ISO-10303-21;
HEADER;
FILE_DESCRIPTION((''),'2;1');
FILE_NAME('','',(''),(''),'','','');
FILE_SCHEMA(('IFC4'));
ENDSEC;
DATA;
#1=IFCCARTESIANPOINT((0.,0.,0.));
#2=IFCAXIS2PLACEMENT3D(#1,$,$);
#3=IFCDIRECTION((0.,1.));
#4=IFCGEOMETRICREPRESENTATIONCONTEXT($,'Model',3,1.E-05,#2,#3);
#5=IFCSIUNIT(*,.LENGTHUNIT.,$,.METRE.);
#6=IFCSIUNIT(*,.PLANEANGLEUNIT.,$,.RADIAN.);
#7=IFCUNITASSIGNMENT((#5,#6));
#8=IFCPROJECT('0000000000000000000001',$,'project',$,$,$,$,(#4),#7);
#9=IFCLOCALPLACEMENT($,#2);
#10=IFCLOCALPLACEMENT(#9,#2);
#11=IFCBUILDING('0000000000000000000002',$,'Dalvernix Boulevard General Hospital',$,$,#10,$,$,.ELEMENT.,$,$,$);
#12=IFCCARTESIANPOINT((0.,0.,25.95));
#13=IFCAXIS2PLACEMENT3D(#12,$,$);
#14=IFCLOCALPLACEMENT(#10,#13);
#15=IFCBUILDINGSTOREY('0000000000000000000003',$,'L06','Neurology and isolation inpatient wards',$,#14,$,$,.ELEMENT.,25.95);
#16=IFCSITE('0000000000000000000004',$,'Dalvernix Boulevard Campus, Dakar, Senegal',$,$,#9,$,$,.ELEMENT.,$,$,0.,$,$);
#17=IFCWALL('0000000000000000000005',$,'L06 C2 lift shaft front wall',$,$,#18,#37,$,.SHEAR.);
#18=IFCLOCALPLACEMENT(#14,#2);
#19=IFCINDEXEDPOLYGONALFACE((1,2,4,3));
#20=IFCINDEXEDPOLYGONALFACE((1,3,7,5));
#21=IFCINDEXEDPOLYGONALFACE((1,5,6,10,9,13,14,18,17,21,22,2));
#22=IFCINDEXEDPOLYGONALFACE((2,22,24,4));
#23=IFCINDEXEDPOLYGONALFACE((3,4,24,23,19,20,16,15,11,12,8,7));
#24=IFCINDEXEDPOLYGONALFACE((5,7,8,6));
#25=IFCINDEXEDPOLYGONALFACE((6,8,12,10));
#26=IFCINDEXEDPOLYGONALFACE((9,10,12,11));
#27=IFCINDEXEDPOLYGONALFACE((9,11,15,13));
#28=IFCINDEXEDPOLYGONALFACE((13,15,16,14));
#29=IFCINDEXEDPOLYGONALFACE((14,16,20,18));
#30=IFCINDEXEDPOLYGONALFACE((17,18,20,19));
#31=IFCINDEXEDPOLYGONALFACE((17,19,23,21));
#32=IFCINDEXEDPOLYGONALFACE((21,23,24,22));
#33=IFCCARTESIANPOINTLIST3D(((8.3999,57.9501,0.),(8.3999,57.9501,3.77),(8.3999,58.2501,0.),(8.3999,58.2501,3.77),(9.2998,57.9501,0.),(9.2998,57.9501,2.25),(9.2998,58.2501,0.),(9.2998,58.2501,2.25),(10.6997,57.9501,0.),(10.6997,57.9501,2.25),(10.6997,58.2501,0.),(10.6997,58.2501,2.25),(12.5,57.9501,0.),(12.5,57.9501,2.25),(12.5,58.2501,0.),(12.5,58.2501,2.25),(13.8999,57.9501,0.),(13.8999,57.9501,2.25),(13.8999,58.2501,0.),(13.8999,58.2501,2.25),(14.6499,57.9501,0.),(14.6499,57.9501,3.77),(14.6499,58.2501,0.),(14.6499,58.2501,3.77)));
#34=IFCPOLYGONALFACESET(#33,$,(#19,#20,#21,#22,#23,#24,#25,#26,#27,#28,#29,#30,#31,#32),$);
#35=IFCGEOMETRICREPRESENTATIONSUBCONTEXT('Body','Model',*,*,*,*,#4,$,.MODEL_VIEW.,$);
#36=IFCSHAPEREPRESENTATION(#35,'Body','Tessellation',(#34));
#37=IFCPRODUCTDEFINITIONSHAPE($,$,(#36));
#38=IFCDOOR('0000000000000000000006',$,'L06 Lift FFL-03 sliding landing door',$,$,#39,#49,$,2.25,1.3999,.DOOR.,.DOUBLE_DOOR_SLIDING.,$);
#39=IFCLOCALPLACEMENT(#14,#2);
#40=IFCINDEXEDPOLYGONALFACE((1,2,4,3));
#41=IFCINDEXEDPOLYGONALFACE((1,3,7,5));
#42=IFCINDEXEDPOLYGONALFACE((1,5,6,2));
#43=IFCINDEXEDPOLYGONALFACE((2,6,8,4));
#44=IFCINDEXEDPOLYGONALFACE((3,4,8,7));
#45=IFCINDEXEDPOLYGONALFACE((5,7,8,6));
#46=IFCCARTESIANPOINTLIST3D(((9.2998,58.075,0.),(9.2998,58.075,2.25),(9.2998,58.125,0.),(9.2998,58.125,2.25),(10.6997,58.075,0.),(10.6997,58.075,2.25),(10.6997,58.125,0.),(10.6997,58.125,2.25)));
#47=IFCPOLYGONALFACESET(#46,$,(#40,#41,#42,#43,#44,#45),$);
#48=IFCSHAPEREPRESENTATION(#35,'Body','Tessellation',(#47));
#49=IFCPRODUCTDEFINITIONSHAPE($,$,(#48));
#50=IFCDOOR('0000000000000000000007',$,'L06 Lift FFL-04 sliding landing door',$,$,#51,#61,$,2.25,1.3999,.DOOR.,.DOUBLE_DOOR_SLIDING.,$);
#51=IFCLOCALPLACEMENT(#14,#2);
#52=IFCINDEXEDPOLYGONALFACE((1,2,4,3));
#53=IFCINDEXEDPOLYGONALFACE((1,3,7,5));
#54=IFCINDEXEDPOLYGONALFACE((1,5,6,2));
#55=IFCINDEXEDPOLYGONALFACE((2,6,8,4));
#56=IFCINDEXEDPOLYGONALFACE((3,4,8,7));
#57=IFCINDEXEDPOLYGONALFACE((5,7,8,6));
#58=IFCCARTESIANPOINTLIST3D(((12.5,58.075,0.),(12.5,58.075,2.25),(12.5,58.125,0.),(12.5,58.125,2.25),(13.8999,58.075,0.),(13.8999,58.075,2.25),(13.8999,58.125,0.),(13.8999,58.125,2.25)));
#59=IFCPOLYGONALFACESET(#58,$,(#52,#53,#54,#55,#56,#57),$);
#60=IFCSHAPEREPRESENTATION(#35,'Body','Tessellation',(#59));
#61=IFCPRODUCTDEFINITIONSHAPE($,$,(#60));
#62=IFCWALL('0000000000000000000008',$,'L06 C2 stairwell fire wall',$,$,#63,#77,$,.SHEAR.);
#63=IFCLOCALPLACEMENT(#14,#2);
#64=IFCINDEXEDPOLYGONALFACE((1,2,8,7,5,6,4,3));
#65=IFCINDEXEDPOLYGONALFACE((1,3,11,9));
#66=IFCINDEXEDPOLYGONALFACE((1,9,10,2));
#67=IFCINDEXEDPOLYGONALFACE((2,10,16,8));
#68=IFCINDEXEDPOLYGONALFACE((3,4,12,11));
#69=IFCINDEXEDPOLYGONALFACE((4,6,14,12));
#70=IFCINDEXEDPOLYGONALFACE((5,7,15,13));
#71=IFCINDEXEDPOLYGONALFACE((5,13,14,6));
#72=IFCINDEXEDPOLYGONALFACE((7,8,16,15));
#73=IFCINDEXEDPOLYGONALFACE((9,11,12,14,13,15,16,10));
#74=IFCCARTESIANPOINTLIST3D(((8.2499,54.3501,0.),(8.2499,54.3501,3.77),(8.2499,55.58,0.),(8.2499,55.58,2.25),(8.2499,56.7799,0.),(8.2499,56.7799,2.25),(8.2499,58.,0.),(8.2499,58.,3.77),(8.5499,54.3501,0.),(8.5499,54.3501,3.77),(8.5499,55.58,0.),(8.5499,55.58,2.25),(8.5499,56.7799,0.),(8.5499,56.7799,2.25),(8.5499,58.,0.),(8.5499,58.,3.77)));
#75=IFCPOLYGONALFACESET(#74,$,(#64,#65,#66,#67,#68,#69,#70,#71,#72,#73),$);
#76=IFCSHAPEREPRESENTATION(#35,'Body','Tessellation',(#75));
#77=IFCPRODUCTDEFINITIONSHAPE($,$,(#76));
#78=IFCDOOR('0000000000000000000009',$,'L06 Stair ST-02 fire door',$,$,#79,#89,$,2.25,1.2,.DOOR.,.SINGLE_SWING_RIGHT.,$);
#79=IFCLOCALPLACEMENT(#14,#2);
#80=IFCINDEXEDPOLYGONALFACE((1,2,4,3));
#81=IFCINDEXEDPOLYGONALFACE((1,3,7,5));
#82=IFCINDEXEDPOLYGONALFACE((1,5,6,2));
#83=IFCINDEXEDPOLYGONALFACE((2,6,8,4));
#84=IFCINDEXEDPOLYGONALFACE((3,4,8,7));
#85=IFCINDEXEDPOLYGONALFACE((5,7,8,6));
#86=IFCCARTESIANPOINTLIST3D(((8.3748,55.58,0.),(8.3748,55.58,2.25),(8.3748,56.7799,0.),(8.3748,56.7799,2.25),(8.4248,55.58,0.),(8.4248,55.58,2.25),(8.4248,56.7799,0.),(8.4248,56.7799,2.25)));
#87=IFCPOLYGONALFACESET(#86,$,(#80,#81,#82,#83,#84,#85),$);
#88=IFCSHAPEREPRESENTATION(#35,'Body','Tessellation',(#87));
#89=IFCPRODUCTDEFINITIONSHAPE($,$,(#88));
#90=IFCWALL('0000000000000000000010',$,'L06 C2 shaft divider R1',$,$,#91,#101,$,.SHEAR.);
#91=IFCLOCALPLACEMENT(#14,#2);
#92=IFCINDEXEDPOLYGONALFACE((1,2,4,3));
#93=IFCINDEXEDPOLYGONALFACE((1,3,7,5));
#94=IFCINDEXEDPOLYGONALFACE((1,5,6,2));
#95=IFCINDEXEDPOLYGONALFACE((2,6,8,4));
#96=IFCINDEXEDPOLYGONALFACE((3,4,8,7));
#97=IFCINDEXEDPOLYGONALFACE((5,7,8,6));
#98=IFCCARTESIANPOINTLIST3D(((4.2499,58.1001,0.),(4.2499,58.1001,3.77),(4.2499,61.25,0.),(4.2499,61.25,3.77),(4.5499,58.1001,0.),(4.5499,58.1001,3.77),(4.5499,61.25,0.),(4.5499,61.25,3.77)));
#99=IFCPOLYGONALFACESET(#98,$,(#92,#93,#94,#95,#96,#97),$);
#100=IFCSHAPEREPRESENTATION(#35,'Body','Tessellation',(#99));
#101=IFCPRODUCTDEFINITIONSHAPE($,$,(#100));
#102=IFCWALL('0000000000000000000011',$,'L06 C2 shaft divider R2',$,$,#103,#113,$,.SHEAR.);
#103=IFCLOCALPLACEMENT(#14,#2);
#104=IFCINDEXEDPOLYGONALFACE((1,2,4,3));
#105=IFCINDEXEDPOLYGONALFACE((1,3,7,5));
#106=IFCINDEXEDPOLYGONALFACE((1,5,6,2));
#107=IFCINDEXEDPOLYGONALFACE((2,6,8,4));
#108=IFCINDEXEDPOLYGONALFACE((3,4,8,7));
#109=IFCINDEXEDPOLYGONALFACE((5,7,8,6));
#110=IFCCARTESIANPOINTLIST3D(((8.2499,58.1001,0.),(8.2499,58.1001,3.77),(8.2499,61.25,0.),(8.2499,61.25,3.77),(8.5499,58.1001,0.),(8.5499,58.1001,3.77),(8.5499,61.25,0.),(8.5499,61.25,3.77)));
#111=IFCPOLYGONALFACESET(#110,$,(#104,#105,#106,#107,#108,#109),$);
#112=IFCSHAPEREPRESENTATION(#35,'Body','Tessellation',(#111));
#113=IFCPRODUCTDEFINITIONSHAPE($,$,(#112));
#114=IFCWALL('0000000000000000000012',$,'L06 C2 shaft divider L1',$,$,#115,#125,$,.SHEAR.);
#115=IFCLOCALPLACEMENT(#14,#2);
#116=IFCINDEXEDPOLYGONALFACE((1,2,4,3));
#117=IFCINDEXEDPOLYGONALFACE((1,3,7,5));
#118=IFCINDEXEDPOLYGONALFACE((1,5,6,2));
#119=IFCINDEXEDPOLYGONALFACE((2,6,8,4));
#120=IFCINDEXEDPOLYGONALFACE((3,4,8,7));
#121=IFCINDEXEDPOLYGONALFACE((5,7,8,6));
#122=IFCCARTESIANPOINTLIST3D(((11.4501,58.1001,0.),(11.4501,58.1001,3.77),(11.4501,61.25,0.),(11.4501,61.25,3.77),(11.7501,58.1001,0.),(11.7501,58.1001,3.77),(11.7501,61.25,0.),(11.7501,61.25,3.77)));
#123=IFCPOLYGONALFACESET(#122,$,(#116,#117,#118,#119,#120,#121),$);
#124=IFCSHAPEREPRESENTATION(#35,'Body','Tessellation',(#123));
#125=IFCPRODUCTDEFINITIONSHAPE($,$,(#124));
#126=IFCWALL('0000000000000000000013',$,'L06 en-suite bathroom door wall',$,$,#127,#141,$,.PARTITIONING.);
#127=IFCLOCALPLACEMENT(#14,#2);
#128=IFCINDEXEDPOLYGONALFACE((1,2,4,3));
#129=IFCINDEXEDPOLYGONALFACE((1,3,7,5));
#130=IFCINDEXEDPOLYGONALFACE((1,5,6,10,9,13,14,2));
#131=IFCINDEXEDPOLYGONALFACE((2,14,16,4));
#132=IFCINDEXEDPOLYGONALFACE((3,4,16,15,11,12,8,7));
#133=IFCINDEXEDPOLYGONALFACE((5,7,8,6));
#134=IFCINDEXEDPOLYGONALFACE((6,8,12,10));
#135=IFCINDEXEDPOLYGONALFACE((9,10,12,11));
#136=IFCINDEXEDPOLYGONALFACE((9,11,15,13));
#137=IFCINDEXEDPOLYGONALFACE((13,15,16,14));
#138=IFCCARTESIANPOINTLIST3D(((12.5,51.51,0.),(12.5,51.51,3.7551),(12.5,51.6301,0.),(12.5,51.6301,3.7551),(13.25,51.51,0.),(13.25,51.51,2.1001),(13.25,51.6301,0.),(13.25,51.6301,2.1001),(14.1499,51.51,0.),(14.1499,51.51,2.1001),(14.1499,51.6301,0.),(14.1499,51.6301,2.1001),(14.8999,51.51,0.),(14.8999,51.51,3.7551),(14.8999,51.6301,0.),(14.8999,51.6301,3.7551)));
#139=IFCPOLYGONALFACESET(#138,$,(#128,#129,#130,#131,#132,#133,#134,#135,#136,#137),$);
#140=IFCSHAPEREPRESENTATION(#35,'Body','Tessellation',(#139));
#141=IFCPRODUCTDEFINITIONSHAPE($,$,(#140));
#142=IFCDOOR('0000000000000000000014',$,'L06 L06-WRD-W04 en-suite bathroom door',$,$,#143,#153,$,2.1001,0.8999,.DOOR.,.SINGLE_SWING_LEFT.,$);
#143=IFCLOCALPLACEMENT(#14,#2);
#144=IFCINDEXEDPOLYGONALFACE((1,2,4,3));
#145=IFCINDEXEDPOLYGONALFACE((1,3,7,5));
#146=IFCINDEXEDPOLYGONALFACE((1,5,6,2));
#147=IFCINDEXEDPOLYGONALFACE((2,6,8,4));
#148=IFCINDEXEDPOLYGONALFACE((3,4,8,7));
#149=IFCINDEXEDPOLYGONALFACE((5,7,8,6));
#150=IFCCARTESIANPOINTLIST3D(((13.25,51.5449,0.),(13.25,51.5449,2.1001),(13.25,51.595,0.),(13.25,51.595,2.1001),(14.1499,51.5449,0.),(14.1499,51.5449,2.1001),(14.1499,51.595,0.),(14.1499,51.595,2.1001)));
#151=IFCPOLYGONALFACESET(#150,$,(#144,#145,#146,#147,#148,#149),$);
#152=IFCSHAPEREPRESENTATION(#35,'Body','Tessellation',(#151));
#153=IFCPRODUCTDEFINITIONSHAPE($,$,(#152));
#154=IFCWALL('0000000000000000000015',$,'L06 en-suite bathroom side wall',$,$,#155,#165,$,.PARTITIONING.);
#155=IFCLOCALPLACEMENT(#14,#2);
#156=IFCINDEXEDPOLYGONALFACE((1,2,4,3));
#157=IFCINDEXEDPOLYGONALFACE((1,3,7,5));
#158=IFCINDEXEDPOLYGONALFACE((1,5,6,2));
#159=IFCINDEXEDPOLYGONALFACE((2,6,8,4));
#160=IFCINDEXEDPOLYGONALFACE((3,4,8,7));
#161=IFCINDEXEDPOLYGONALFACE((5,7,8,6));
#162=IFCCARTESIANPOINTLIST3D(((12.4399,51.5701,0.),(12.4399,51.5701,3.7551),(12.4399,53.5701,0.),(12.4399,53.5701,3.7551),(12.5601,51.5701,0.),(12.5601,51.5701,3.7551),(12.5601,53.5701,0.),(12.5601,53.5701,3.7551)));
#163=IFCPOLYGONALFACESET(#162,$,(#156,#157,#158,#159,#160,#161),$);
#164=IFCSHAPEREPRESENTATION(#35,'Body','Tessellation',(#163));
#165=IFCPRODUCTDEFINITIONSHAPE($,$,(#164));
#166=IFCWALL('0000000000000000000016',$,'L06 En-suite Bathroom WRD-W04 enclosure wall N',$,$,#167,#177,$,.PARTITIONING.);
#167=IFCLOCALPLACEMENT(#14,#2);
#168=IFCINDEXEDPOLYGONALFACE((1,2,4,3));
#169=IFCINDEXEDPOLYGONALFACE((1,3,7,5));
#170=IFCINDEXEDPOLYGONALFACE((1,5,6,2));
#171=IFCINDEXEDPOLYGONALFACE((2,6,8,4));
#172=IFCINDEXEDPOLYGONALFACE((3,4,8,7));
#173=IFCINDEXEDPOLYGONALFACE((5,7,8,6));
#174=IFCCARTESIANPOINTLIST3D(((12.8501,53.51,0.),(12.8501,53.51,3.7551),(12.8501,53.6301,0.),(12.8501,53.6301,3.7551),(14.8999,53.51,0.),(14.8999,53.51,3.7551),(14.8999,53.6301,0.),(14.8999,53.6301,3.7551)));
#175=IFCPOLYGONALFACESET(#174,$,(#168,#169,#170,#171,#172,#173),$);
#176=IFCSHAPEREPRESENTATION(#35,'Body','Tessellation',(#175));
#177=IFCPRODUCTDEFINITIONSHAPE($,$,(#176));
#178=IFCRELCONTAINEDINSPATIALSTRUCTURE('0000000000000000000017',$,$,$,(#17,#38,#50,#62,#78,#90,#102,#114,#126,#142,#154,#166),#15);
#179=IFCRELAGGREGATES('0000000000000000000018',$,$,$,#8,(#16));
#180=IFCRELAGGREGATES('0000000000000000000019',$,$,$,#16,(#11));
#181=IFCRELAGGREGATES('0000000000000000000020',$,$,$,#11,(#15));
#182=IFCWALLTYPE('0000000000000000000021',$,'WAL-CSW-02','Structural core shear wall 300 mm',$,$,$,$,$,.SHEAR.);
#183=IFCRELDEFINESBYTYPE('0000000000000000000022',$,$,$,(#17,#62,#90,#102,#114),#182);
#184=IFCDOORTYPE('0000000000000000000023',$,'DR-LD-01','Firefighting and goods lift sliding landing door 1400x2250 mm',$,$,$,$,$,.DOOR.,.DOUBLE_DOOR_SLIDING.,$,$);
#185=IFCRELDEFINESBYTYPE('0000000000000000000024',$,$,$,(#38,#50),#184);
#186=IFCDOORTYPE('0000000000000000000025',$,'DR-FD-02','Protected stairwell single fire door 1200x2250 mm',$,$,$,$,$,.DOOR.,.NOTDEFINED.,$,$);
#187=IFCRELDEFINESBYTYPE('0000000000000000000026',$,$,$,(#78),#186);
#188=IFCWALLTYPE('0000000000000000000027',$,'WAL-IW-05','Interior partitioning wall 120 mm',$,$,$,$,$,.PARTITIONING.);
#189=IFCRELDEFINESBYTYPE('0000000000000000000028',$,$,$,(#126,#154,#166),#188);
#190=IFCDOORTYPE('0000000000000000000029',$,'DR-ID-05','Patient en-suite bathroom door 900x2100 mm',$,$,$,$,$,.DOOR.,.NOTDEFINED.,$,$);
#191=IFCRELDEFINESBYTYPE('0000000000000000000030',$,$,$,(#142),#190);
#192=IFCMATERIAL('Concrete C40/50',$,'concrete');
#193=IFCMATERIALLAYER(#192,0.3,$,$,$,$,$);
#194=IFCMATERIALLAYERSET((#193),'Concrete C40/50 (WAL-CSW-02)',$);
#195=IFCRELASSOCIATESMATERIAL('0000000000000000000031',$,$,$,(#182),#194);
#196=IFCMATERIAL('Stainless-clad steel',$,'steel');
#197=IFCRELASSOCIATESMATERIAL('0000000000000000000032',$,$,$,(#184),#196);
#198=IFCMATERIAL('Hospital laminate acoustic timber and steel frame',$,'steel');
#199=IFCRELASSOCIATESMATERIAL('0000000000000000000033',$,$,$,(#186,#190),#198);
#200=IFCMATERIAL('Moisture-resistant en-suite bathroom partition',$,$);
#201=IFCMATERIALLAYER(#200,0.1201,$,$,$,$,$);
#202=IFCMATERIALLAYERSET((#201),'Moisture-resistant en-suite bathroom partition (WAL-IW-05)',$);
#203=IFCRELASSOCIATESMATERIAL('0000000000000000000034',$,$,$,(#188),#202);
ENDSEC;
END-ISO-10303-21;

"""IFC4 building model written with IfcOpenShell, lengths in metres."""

from ifc_helpers import new_model, si_unit, direction, frame, frame_2d, origin, place, context, subcontext, project, spatial, rectangle, extrude, material, layer, layer_set, type_object, element, fill, save


model = new_model("IFC4")

# Units and contexts
model_context = context("Model", 3, precision=1e-05, world=origin(), true_north=direction((0.0, 1.0)))
body_context = subcontext(model_context, "Body", "Model", "MODEL_VIEW")
ifc_project = project(units=[si_unit("LENGTHUNIT", "METRE"), si_unit("PLANEANGLEUNIT", "RADIAN")], contexts=[model_context])

# Site, building, storey
site_placement = place(None, origin())
site = spatial("IfcSite", under=ifc_project, at=site_placement, Name="Dalvernix Boulevard Campus, Dakar, Senegal", CompositionType="ELEMENT", RefElevation=0.0)
building_placement = place(site_placement, origin())
building = spatial("IfcBuilding", under=site, at=building_placement, Name="Dalvernix Boulevard General Hospital", CompositionType="ELEMENT")
storey_placement = place(building_placement, frame((0.0, 0.0, 25.95)))
storey = spatial("IfcBuildingStorey", under=building, at=storey_placement, Name="L06", Description="Neurology and isolation inpatient wards", CompositionType="ELEMENT", Elevation=25.95)

# Shared definitions
ifc_material_1 = material(Name="Concrete C40/50", Category="concrete")

# Shared definitions
ifc_material_2 = material(Name="Hospital laminate acoustic timber and steel frame", Category="steel")

# Wall, openings, doors
ifc_layer_1 = layer(ifc_material_1, 0.3)
ifc_layer_set_1 = layer_set([ifc_layer_1], Name="Concrete C40/50 (WAL-CSW-02)")
wall_type_1 = type_object("IfcWallType", Name="WAL-CSW-02", Description="Structural core shear wall 300 mm", PredefinedType="SHEAR", material=ifc_layer_set_1)
wall_1_placement = place(storey_placement, frame((8.3999, 58.1001, 0.0), z_axis=(0.0, 0.0, 1.0), x_axis=(1.0, 0.0, 0.0)))
wall_1 = element("IfcWall", 1, at=wall_1_placement, inside=storey, type_object=wall_type_1, Name="L06 C2 lift shaft front wall", PredefinedType="SHEAR", context=body_context, shape_type="SweptSolid", body=[
    extrude(rectangle(XDim=6.25, YDim=0.3, at=frame_2d((3.125, 0.0))), origin(), (0.0, 0.0, 1.0), 3.77),
])
opening_1_placement = place(wall_1_placement, frame((0.8999, 0.0, 0.0)))
opening_1 = element("IfcOpeningElement", 2, at=opening_1_placement, cuts=wall_1, PredefinedType="OPENING", context=body_context, shape_type="SweptSolid", body=[
    extrude(rectangle(XDim=1.3999, YDim=2.25, at=frame_2d((0.7, 1.125))), frame((0.0, 0.1599, 0.0), z_axis=(0.0, -1.0, 0.0), x_axis=(1.0, 0.0, 0.0)), (0.0, 0.0, 1.0), 0.3201),
])
opening_2_placement = place(wall_1_placement, frame((4.1001, 0.0, 0.0)))
opening_2 = element("IfcOpeningElement", 3, at=opening_2_placement, cuts=wall_1, PredefinedType="OPENING", context=body_context, shape_type="SweptSolid", body=[
    extrude(rectangle(XDim=1.3999, YDim=2.25, at=frame_2d((0.7, 1.125))), frame((0.0, 0.1599, 0.0), z_axis=(0.0, -1.0, 0.0), x_axis=(1.0, 0.0, 0.0)), (0.0, 0.0, 1.0), 0.3201),
])
ifc_material_3 = material(Name="Stainless-clad steel", Category="steel")
door_type_1 = type_object("IfcDoorType", Name="DR-LD-01", Description="Firefighting and goods lift sliding landing door 1400x2250 mm", OperationType="DOUBLE_DOOR_SLIDING", PredefinedType="DOOR", material=ifc_material_3)
door_1_placement = place(opening_1_placement, origin())
door_1 = element("IfcDoor", 4, at=door_1_placement, inside=storey, type_object=door_type_1, Name="L06 Lift FFL-03 sliding landing door", OperationType="DOUBLE_DOOR_SLIDING", OverallHeight=2.25, OverallWidth=1.3999, PredefinedType="DOOR", context=body_context, shape_type="SweptSolid", body=[
    extrude(rectangle(XDim=1.3999, YDim=2.25, at=frame_2d((0.7, 1.125))), frame((0.0, 0.0249, 0.0), z_axis=(0.0, -1.0, 0.0), x_axis=(1.0, 0.0, 0.0)), (0.0, 0.0, 1.0), 0.05),
])
fill(opening_1, door_1)
door_2_placement = place(opening_2_placement, origin())
door_2 = element("IfcDoor", 5, at=door_2_placement, inside=storey, type_object=door_type_1, Name="L06 Lift FFL-04 sliding landing door", OperationType="DOUBLE_DOOR_SLIDING", OverallHeight=2.25, OverallWidth=1.3999, PredefinedType="DOOR", context=body_context, shape_type="SweptSolid", body=[
    extrude(rectangle(XDim=1.3999, YDim=2.25, at=frame_2d((0.7, 1.125))), frame((0.0, 0.0249, 0.0), z_axis=(0.0, -1.0, 0.0), x_axis=(1.0, 0.0, 0.0)), (0.0, 0.0, 1.0), 0.05),
])
fill(opening_2, door_2)

# Wall, opening, door
wall_2_placement = place(storey_placement, frame((8.3999, 58.0, 0.0), z_axis=(0.0, 0.0, 1.0), x_axis=(0.0, -1.0, 0.0)))
wall_2 = element("IfcWall", 6, at=wall_2_placement, inside=storey, type_object=wall_type_1, Name="L06 C2 stairwell fire wall", PredefinedType="SHEAR", context=body_context, shape_type="SweptSolid", body=[
    extrude(rectangle(XDim=3.6499, YDim=0.3, at=frame_2d((1.825, 0.0))), origin(), (0.0, 0.0, 1.0), 3.77),
])
opening_3_placement = place(wall_2_placement, frame((1.22, 0.0, 0.0)))
opening_3 = element("IfcOpeningElement", 7, at=opening_3_placement, cuts=wall_2, PredefinedType="OPENING", context=body_context, shape_type="SweptSolid", body=[
    extrude(rectangle(XDim=1.2, YDim=2.25, at=frame_2d((0.6001, 1.125))), frame((0.0, 0.1599, 0.0), z_axis=(0.0, -1.0, 0.0), x_axis=(1.0, 0.0, 0.0)), (0.0, 0.0, 1.0), 0.3201),
])
door_type_2 = type_object("IfcDoorType", Name="DR-FD-02", Description="Protected stairwell single fire door 1200x2250 mm", OperationType="NOTDEFINED", PredefinedType="DOOR", material=ifc_material_2)
door_3_placement = place(opening_3_placement, origin())
door_3 = element("IfcDoor", 8, at=door_3_placement, inside=storey, type_object=door_type_2, Name="L06 Stair ST-02 fire door", OperationType="SINGLE_SWING_RIGHT", OverallHeight=2.25, OverallWidth=1.2, PredefinedType="DOOR", context=body_context, shape_type="SweptSolid", body=[
    extrude(rectangle(XDim=1.2, YDim=2.25, at=frame_2d((0.6001, 1.125))), frame((0.0, 0.0249, 0.0), z_axis=(0.0, -1.0, 0.0), x_axis=(1.0, 0.0, 0.0)), (0.0, 0.0, 1.0), 0.05),
])
fill(opening_3, door_3)

# Walls
for number, where, z_axis, x_axis, name in (
    (9, (4.3999, 58.1001, 0.0), (0.0, 0.0, 1.0), (0.0, 1.0, 0.0), "L06 C2 shaft divider R1"),
    (10, (8.3999, 58.1001, 0.0), (0.0, 0.0, 1.0), (0.0, 1.0, 0.0), "L06 C2 shaft divider R2"),
    (11, (11.6001, 58.1001, 0.0), (0.0, 0.0, 1.0), (0.0, 1.0, 0.0), "L06 C2 shaft divider L1"),
):
    element("IfcWall", number, at=place(storey_placement, frame(where, z_axis=z_axis, x_axis=x_axis)), inside=storey, type_object=wall_type_1, Name=name, PredefinedType="SHEAR", context=body_context, shape_type="SweptSolid", body=[
        extrude(rectangle(XDim=3.1499, YDim=0.3, at=frame_2d((1.575, 0.0))), origin(), (0.0, 0.0, 1.0), 3.77),
    ])

# Wall, opening, door
ifc_material_4 = material(Name="Moisture-resistant en-suite bathroom partition")
ifc_layer_2 = layer(ifc_material_4, 0.1201)
ifc_layer_set_2 = layer_set([ifc_layer_2], Name="Moisture-resistant en-suite bathroom partition (WAL-IW-05)")
wall_type_2 = type_object("IfcWallType", Name="WAL-IW-05", Description="Interior partitioning wall 120 mm", PredefinedType="PARTITIONING", material=ifc_layer_set_2)
wall_3_placement = place(storey_placement, frame((12.5, 51.5701, 0.0), z_axis=(0.0, 0.0, 1.0), x_axis=(1.0, 0.0, 0.0)))
wall_3 = element("IfcWall", 12, at=wall_3_placement, inside=storey, type_object=wall_type_2, Name="L06 en-suite bathroom door wall", PredefinedType="PARTITIONING", context=body_context, shape_type="SweptSolid", body=[
    extrude(rectangle(XDim=2.3999, YDim=0.1201, at=frame_2d((1.2, 0.0))), origin(), (0.0, 0.0, 1.0), 3.7551),
])
opening_4_placement = place(wall_3_placement, frame((0.75, 0.0, 0.0)))
opening_4 = element("IfcOpeningElement", 13, at=opening_4_placement, cuts=wall_3, PredefinedType="OPENING", context=body_context, shape_type="SweptSolid", body=[
    extrude(rectangle(XDim=0.8999, YDim=2.1001, at=frame_2d((0.45, 1.05))), frame((0.0, 0.0701, 0.0), z_axis=(0.0, -1.0, 0.0), x_axis=(1.0, 0.0, 0.0)), (0.0, 0.0, 1.0), 0.1401),
])
door_type_3 = type_object("IfcDoorType", Name="DR-ID-05", Description="Patient en-suite bathroom door 900x2100 mm", OperationType="NOTDEFINED", PredefinedType="DOOR", material=ifc_material_2)
door_4_placement = place(opening_4_placement, origin())
door_4 = element("IfcDoor", 14, at=door_4_placement, inside=storey, type_object=door_type_3, Name="L06 L06-WRD-W04 en-suite bathroom door", OperationType="SINGLE_SWING_LEFT", OverallHeight=2.1001, OverallWidth=0.8999, PredefinedType="DOOR", context=body_context, shape_type="SweptSolid", body=[
    extrude(rectangle(XDim=0.8999, YDim=2.1001, at=frame_2d((0.45, 1.05))), frame((0.0, 0.0249, 0.0), z_axis=(0.0, -1.0, 0.0), x_axis=(1.0, 0.0, 0.0)), (0.0, 0.0, 1.0), 0.05),
])
fill(opening_4, door_4)

# Walls
wall_4_placement = place(storey_placement, frame((12.5, 51.5701, 0.0), z_axis=(0.0, 0.0, 1.0), x_axis=(0.0, 1.0, 0.0)))
element("IfcWall", 15, at=wall_4_placement, inside=storey, type_object=wall_type_2, Name="L06 en-suite bathroom side wall", PredefinedType="PARTITIONING", context=body_context, shape_type="SweptSolid", body=[
    extrude(rectangle(XDim=2.0, YDim=0.1201, at=frame_2d((1.0, 0.0))), origin(), (0.0, 0.0, 1.0), 3.7551),
])
wall_5_placement = place(storey_placement, frame((12.8501, 53.5701, 0.0), z_axis=(0.0, 0.0, 1.0), x_axis=(1.0, 0.0, 0.0)))
element("IfcWall", 16, at=wall_5_placement, inside=storey, type_object=wall_type_2, Name="L06 En-suite Bathroom WRD-W04 enclosure wall N", PredefinedType="PARTITIONING", context=body_context, shape_type="SweptSolid", body=[
    extrude(rectangle(XDim=2.0498, YDim=0.1201, at=frame_2d((1.0249, 0.0))), origin(), (0.0, 0.0, 1.0), 3.7551),
])

save(model, "model.ifc")
